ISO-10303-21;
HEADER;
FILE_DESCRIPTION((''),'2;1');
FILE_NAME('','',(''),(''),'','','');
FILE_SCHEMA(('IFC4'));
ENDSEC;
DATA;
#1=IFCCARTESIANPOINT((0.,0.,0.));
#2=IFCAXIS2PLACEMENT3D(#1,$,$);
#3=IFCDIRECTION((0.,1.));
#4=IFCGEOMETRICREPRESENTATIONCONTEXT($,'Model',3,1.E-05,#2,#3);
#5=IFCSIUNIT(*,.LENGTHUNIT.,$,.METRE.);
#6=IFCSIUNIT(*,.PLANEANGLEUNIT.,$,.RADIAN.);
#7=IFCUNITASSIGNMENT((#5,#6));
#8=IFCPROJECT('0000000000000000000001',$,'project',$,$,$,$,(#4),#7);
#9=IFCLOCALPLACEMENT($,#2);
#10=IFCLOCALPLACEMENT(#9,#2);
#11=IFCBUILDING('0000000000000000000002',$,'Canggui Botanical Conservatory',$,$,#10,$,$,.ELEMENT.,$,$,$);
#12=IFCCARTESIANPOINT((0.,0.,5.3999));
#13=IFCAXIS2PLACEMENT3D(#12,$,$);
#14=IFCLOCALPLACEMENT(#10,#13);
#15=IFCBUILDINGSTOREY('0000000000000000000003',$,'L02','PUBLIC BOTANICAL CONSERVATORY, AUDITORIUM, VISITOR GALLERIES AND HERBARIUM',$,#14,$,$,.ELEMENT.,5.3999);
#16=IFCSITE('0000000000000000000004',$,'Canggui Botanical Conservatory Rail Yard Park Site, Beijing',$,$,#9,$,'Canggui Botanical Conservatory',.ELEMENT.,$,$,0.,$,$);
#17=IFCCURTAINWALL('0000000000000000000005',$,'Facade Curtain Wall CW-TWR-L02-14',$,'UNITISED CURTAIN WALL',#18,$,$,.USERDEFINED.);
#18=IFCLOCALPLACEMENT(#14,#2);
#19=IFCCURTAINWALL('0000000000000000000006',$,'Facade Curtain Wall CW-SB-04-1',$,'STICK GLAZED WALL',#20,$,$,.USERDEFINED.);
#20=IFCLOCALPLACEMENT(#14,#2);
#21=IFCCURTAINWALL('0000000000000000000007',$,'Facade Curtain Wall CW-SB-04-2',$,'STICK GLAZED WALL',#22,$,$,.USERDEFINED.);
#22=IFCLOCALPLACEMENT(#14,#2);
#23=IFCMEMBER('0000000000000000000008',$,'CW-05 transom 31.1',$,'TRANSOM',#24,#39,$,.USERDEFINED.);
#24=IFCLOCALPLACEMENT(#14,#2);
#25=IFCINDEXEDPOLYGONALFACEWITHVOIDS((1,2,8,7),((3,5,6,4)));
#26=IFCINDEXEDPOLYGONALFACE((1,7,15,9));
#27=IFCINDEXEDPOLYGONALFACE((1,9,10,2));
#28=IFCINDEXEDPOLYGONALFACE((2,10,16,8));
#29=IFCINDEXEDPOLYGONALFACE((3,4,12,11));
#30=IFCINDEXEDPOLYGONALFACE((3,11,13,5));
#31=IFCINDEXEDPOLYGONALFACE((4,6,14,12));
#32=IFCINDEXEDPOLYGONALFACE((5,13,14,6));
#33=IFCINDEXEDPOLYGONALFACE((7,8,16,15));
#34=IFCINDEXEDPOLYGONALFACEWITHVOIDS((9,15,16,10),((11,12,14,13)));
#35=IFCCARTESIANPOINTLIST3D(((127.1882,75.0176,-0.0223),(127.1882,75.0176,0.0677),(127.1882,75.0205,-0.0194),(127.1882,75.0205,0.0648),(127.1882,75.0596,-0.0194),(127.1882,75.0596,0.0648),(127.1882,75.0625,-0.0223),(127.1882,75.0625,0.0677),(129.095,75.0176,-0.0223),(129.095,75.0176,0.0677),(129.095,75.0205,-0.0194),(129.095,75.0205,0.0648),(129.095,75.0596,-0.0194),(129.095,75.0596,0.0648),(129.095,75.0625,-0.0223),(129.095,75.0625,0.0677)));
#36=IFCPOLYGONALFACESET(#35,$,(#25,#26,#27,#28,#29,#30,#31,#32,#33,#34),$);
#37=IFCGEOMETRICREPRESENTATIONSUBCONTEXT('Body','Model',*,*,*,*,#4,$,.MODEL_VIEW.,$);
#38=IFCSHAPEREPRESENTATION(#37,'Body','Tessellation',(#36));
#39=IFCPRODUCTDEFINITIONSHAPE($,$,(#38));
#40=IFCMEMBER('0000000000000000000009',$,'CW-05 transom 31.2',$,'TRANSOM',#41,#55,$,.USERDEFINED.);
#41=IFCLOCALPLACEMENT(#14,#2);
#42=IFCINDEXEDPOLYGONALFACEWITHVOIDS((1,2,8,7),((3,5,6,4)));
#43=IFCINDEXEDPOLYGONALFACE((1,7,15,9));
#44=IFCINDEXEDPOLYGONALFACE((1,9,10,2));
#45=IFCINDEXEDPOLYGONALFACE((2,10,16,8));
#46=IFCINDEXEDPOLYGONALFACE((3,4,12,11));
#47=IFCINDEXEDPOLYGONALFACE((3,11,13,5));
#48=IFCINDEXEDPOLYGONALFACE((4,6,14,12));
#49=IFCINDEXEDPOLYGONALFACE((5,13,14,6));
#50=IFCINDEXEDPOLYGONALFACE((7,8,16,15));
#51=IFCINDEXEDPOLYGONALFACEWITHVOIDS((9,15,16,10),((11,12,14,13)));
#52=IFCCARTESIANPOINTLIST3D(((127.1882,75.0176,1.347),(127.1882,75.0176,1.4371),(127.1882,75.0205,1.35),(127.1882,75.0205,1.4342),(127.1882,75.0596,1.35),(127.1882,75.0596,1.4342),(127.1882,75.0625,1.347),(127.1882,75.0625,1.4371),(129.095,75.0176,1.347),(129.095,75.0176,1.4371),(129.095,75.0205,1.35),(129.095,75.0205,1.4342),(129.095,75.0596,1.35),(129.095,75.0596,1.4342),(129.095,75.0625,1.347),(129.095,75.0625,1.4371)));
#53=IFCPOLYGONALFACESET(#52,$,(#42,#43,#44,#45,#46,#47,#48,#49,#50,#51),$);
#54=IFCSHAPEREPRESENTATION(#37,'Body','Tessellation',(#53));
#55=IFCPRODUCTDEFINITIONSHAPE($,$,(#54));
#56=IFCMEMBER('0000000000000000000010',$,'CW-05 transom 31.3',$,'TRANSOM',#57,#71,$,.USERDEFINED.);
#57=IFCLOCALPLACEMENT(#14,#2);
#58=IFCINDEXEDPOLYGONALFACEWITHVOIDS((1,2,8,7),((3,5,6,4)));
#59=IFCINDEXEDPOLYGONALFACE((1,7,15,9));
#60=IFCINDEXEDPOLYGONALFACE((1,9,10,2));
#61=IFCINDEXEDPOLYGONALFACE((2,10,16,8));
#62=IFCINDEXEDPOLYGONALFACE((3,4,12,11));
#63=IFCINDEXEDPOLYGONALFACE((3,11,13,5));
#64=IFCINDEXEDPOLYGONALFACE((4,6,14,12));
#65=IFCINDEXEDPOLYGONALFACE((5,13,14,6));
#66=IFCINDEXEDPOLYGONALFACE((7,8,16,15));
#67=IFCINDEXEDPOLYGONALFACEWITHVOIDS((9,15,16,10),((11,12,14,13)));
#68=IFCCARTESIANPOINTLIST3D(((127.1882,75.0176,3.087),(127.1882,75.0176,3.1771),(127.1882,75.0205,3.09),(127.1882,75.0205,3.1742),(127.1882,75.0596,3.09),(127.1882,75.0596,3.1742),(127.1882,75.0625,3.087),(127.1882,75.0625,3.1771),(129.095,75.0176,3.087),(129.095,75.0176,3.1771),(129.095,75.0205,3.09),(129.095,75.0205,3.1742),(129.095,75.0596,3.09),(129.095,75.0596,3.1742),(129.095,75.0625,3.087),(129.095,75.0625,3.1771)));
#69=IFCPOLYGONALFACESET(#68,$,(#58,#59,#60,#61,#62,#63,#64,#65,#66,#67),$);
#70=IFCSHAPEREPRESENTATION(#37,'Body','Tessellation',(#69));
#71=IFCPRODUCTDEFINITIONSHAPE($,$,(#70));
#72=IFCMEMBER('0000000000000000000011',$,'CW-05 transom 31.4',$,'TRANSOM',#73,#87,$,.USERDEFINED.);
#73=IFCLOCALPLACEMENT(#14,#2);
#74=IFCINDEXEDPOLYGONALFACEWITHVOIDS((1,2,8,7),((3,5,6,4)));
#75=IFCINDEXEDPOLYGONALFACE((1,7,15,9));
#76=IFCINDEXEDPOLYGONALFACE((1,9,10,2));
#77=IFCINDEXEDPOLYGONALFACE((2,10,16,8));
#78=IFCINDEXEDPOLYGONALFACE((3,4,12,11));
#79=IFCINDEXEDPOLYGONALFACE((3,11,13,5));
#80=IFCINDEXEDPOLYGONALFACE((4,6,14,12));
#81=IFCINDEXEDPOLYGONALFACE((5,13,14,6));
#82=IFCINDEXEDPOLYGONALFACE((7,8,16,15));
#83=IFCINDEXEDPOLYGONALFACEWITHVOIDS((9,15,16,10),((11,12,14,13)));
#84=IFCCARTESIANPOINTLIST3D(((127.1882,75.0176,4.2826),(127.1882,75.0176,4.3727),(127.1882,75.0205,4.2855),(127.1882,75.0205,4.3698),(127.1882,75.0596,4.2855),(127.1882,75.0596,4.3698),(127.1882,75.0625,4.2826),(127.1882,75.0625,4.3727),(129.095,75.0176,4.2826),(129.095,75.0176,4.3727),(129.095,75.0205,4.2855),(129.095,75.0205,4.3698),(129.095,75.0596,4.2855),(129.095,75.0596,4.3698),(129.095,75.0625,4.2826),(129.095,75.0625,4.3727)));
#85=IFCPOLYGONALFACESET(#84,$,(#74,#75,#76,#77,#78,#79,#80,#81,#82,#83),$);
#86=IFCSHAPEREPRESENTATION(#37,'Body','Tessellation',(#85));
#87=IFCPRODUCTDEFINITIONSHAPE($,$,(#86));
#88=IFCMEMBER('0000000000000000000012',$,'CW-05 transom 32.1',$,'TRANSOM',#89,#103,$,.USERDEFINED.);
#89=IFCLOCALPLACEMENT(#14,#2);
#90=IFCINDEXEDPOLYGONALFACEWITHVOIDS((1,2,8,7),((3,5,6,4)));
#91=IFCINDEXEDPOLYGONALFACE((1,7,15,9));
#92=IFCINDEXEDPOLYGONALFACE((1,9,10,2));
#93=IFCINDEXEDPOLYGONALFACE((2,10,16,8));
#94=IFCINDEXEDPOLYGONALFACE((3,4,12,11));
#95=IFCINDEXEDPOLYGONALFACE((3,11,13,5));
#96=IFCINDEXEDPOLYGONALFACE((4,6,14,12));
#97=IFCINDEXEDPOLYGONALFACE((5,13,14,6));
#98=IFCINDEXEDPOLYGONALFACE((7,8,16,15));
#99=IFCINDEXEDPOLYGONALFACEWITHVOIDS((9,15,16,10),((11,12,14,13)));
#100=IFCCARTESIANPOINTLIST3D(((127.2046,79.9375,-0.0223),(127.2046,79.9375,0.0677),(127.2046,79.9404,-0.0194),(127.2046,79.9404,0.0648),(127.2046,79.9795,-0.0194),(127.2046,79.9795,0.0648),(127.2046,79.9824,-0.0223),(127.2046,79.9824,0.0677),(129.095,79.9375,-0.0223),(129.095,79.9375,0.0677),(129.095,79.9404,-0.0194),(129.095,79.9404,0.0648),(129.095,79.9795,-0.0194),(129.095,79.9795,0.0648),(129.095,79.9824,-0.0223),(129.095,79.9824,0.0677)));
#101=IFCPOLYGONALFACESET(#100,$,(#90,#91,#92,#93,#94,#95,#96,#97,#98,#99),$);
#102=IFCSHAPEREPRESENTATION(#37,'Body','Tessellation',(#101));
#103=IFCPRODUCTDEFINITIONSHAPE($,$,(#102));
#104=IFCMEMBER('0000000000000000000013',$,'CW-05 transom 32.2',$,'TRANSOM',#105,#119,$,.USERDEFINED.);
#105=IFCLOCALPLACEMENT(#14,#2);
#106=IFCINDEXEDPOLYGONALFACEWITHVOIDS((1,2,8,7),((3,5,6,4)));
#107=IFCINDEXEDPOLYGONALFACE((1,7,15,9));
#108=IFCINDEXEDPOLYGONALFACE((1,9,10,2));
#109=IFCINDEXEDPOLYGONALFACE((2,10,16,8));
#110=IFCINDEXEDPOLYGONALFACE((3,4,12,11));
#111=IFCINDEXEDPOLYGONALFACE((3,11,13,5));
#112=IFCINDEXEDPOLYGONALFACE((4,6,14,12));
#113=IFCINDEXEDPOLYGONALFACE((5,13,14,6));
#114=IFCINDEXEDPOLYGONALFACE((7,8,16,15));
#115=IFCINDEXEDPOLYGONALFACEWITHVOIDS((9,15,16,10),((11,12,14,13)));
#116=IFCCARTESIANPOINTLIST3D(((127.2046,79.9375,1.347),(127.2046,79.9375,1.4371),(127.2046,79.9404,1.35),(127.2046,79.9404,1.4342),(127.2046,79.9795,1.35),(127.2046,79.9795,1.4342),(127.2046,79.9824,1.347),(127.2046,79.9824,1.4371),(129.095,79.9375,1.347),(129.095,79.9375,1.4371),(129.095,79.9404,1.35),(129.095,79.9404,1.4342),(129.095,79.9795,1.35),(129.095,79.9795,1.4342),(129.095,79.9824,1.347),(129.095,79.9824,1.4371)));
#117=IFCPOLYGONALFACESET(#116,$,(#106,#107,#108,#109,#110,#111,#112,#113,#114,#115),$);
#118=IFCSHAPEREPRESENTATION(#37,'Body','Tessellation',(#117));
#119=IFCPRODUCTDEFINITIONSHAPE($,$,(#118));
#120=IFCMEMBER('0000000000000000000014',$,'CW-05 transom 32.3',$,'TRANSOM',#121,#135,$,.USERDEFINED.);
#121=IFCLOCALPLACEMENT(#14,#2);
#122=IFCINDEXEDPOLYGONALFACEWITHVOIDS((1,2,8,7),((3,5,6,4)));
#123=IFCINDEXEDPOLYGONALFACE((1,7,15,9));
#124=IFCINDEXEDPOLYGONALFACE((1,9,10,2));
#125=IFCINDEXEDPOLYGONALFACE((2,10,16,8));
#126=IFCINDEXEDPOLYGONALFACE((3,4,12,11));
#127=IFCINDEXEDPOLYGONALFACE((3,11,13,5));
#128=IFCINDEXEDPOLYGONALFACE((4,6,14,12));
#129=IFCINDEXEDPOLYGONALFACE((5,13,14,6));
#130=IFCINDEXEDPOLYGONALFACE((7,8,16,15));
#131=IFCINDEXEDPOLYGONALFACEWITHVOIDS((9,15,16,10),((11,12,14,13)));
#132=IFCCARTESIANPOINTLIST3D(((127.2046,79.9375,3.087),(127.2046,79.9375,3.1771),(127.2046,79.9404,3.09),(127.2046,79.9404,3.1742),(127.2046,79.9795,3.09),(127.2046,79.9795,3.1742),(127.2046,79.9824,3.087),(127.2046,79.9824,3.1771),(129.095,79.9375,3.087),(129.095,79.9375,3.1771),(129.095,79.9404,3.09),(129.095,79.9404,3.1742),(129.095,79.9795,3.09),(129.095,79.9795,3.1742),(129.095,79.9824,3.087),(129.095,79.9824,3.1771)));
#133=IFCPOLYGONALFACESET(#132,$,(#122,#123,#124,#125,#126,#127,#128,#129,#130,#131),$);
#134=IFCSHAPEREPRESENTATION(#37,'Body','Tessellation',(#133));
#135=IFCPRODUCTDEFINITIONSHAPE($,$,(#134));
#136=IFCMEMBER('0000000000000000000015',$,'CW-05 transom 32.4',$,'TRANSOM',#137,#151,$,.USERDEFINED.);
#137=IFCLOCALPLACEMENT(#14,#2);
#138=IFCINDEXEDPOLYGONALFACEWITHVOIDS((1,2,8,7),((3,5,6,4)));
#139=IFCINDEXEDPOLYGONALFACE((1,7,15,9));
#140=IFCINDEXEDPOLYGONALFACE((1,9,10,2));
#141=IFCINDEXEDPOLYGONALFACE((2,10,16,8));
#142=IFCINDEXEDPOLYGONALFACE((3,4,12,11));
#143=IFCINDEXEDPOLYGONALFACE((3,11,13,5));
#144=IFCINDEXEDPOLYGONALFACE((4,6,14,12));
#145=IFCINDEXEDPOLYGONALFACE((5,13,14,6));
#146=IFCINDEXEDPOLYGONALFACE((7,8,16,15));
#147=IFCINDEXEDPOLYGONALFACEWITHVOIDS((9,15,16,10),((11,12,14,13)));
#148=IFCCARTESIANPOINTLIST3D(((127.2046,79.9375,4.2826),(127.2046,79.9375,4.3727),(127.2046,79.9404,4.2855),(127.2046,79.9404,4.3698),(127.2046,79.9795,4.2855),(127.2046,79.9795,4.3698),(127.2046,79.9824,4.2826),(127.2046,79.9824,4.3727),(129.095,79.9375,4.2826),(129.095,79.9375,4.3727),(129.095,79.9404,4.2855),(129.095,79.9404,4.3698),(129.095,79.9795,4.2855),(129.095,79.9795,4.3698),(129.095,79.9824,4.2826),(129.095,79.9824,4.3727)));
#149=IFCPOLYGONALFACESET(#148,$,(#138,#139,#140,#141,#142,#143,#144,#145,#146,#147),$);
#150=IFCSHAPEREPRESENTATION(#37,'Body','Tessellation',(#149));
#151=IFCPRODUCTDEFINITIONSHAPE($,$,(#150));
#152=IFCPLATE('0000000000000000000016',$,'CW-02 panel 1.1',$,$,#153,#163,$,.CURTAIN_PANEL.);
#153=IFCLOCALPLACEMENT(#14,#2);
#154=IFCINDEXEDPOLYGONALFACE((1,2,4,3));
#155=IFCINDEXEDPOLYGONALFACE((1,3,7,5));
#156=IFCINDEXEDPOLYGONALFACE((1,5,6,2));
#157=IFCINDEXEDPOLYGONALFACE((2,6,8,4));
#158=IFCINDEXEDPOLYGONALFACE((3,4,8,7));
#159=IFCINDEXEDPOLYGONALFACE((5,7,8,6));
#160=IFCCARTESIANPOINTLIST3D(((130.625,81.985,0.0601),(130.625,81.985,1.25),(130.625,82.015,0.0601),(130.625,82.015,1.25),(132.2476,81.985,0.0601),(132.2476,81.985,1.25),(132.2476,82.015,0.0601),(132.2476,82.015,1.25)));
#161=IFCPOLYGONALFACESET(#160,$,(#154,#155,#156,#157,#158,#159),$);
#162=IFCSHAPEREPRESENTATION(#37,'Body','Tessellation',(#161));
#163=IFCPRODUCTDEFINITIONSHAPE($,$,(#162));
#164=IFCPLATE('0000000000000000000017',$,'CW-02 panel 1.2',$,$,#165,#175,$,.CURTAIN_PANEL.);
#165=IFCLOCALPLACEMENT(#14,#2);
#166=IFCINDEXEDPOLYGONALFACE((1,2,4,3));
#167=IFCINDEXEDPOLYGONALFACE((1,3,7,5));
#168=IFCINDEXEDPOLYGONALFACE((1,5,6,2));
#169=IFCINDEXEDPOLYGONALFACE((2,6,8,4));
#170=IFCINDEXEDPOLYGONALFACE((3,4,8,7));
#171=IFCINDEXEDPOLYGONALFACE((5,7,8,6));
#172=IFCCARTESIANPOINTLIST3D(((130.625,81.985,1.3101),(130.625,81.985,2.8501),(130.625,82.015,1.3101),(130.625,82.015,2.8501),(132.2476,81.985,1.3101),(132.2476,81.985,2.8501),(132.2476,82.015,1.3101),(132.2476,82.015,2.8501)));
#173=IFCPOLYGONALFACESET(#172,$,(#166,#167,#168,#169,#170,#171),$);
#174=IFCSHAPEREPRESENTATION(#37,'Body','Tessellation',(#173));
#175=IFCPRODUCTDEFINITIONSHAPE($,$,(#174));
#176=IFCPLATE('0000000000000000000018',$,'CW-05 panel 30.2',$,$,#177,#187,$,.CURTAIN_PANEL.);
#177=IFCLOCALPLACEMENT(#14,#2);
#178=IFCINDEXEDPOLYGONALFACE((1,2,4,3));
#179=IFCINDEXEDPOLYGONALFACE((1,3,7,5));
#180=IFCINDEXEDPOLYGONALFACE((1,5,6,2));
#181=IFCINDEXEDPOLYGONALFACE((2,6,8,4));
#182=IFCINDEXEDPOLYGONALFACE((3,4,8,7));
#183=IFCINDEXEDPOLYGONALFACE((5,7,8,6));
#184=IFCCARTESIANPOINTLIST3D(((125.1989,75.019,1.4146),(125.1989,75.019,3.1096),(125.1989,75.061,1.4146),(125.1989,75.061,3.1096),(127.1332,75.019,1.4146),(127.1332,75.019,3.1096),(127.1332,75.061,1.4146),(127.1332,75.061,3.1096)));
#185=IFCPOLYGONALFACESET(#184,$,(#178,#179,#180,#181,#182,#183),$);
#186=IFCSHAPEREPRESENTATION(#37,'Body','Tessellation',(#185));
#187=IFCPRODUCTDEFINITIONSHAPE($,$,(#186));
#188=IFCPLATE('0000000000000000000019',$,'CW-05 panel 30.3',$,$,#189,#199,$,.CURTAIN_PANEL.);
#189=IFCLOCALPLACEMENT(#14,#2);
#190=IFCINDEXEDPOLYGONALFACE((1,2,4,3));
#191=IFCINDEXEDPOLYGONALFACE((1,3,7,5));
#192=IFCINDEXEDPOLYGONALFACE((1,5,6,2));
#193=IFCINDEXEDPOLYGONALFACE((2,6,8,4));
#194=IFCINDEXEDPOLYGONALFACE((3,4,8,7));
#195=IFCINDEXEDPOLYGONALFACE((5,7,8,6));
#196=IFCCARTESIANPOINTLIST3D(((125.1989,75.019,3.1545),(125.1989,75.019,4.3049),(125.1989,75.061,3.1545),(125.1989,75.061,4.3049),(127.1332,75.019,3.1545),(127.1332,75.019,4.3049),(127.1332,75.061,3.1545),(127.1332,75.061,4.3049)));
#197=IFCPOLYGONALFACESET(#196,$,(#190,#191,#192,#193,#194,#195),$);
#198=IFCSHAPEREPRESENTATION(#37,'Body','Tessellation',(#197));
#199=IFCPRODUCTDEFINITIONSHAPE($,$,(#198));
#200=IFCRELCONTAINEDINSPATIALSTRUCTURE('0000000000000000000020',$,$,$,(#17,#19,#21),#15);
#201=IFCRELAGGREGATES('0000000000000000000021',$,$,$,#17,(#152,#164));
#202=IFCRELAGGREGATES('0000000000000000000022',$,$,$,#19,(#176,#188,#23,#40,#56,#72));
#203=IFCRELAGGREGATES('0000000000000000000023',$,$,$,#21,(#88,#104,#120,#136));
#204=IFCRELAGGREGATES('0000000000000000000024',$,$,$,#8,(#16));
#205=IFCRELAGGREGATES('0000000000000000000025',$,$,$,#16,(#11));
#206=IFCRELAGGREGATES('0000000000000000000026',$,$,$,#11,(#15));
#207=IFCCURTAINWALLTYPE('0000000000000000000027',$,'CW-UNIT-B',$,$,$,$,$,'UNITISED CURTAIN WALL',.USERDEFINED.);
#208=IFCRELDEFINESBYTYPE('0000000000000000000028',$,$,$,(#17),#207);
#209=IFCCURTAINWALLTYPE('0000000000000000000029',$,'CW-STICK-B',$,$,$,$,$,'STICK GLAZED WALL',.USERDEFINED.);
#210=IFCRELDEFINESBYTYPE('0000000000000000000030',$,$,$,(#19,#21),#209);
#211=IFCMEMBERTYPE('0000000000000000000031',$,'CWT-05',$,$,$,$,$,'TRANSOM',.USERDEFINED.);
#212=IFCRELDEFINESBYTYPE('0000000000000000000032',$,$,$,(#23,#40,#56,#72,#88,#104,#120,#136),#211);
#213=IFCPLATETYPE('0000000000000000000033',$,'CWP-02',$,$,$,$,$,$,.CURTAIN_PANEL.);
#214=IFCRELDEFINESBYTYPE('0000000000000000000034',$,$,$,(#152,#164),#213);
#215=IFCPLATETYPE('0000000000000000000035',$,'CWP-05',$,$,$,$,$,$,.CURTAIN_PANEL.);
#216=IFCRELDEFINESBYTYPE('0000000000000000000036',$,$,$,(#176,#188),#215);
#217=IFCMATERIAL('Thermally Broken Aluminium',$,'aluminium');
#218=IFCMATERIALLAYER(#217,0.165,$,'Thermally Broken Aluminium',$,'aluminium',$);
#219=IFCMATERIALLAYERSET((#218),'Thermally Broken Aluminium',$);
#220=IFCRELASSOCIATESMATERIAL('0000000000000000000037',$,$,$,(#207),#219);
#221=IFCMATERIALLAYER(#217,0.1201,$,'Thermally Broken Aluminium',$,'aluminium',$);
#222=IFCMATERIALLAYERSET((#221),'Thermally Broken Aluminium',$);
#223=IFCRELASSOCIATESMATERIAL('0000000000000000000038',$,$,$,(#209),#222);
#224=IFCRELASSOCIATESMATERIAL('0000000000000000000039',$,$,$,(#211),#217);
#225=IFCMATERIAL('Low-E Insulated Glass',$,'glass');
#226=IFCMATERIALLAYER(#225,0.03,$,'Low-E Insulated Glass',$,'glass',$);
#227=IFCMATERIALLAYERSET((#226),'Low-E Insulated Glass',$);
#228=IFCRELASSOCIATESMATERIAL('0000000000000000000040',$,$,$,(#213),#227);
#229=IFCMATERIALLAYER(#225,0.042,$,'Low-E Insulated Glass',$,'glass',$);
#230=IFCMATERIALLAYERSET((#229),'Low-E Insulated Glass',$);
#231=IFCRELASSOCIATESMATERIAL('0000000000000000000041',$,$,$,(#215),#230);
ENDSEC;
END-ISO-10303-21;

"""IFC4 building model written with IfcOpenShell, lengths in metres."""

from ifc_helpers import new_model, si_unit, direction, frame, origin, origin_2d, place, context, subcontext, project, spatial, rectangle, hollow_rectangle, extrude, material, layer, layer_set, material_profile, profile_set, type_object, element, aggregate, save


model = new_model("IFC4")

# Units and contexts
model_context = context("Model", 3, precision=1e-05, world=origin(), true_north=direction((0.0, 1.0)))
body_context = subcontext(model_context, "Body", "Model", "MODEL_VIEW")
ifc_project = project(units=[si_unit("LENGTHUNIT", "METRE"), si_unit("PLANEANGLEUNIT", "RADIAN")], contexts=[model_context])

# Site, building, storey
site_placement = place(None, origin())
site = spatial("IfcSite", under=ifc_project, at=site_placement, Name="Canggui Botanical Conservatory Rail Yard Park Site, Beijing", LongName="Canggui Botanical Conservatory", CompositionType="ELEMENT", RefElevation=0.0)
building_placement = place(site_placement, origin())
building = spatial("IfcBuilding", under=site, at=building_placement, Name="Canggui Botanical Conservatory", CompositionType="ELEMENT")
storey_placement = place(building_placement, frame((0.0, 0.0, 5.3999)))
storey = spatial("IfcBuildingStorey", under=building, at=storey_placement, Name="L02", Description="PUBLIC BOTANICAL CONSERVATORY, AUDITORIUM, VISITOR GALLERIES AND HERBARIUM", CompositionType="ELEMENT", Elevation=5.3999)

# Curtain wall
ifc_material_1 = material(Name="Thermally Broken Aluminium", Category="aluminium")
ifc_layer_1 = layer(ifc_material_1, 0.165, Name="Thermally Broken Aluminium", Category="aluminium")
ifc_layer_set_1 = layer_set([ifc_layer_1], Name="Thermally Broken Aluminium")
curtain_wall_type_1 = type_object("IfcCurtainWallType", Name="CW-UNIT-B", ElementType="UNITISED CURTAIN WALL", PredefinedType="USERDEFINED", material=ifc_layer_set_1)
curtain_wall_1_placement = place(storey_placement, origin())
curtain_wall_1 = element("IfcCurtainWall", 1, at=curtain_wall_1_placement, inside=storey, type_object=curtain_wall_type_1, Name="Facade Curtain Wall CW-TWR-L02-14", ObjectType="UNITISED CURTAIN WALL", PredefinedType="USERDEFINED")

# Curtain walls
ifc_layer_2 = layer(ifc_material_1, 0.1201, Name="Thermally Broken Aluminium", Category="aluminium")
ifc_layer_set_2 = layer_set([ifc_layer_2], Name="Thermally Broken Aluminium")
curtain_wall_type_2 = type_object("IfcCurtainWallType", Name="CW-STICK-B", ElementType="STICK GLAZED WALL", PredefinedType="USERDEFINED", material=ifc_layer_set_2)
curtain_wall_2_placement = place(storey_placement, origin())
curtain_wall_2 = element("IfcCurtainWall", 2, at=curtain_wall_2_placement, inside=storey, type_object=curtain_wall_type_2, Name="Facade Curtain Wall CW-SB-04-1", ObjectType="STICK GLAZED WALL", PredefinedType="USERDEFINED")
curtain_wall_3_placement = place(storey_placement, origin())
curtain_wall_3 = element("IfcCurtainWall", 3, at=curtain_wall_3_placement, inside=storey, type_object=curtain_wall_type_2, Name="Facade Curtain Wall CW-SB-04-2", ObjectType="STICK GLAZED WALL", PredefinedType="USERDEFINED")

# Members
ifc_material_profile_1 = material_profile(ifc_material_1, hollow_rectangle(XDim=0.0449, YDim=0.0901, WallThickness=0.0029, at=origin_2d()), Name="CWT 45x90x3")
ifc_profile_set_1 = profile_set([ifc_material_profile_1], Name="Thermally Broken Aluminium")
member_type_1 = type_object("IfcMemberType", Name="CWT-05", ElementType="TRANSOM", PredefinedType="USERDEFINED", material=ifc_profile_set_1)
member_1_placement = place(storey_placement, frame((127.1882, 75.04, 0.0227), z_axis=(1.0, 0.0, 0.0), x_axis=(0.0, 1.0, 0.0)))
member_1 = element("IfcMember", 4, at=member_1_placement, type_object=member_type_1, Name="CW-05 transom 31.1", ObjectType="TRANSOM", PredefinedType="USERDEFINED", context=body_context, shape_type="SweptSolid", body=[
    extrude(hollow_rectangle(XDim=0.0449, YDim=0.0901, WallThickness=0.0029, at=origin_2d()), origin(), (0.0, 0.0, 1.0), 1.9067),
])
member_2_placement = place(storey_placement, frame((127.1882, 75.04, 1.3921), z_axis=(1.0, 0.0, 0.0), x_axis=(0.0, 1.0, 0.0)))
member_2 = element("IfcMember", 5, at=member_2_placement, type_object=member_type_1, Name="CW-05 transom 31.2", ObjectType="TRANSOM", PredefinedType="USERDEFINED", context=body_context, shape_type="SweptSolid", body=[
    extrude(hollow_rectangle(XDim=0.0449, YDim=0.0901, WallThickness=0.0029, at=origin_2d()), origin(), (0.0, 0.0, 1.0), 1.9067),
])
member_3_placement = place(storey_placement, frame((127.1882, 75.04, 3.1321), z_axis=(1.0, 0.0, 0.0), x_axis=(0.0, 1.0, 0.0)))
member_3 = element("IfcMember", 6, at=member_3_placement, type_object=member_type_1, Name="CW-05 transom 31.3", ObjectType="TRANSOM", PredefinedType="USERDEFINED", context=body_context, shape_type="SweptSolid", body=[
    extrude(hollow_rectangle(XDim=0.0449, YDim=0.0901, WallThickness=0.0029, at=origin_2d()), origin(), (0.0, 0.0, 1.0), 1.9067),
])
member_4_placement = place(storey_placement, frame((127.1882, 75.04, 4.3276), z_axis=(1.0, 0.0, 0.0), x_axis=(0.0, 1.0, 0.0)))
member_4 = element("IfcMember", 7, at=member_4_placement, type_object=member_type_1, Name="CW-05 transom 31.4", ObjectType="TRANSOM", PredefinedType="USERDEFINED", context=body_context, shape_type="SweptSolid", body=[
    extrude(hollow_rectangle(XDim=0.0449, YDim=0.0901, WallThickness=0.0029, at=origin_2d()), origin(), (0.0, 0.0, 1.0), 1.9067),
])
member_5_placement = place(storey_placement, frame((127.2046, 79.96, 0.0227), z_axis=(1.0, 0.0, 0.0), x_axis=(0.0, 1.0, 0.0)))
member_5 = element("IfcMember", 8, at=member_5_placement, type_object=member_type_1, Name="CW-05 transom 32.1", ObjectType="TRANSOM", PredefinedType="USERDEFINED", context=body_context, shape_type="SweptSolid", body=[
    extrude(hollow_rectangle(XDim=0.0449, YDim=0.0901, WallThickness=0.0029, at=origin_2d()), origin(), (0.0, 0.0, 1.0), 1.8904),
])
member_6_placement = place(storey_placement, frame((127.2046, 79.96, 1.3921), z_axis=(1.0, 0.0, 0.0), x_axis=(0.0, 1.0, 0.0)))
member_6 = element("IfcMember", 9, at=member_6_placement, type_object=member_type_1, Name="CW-05 transom 32.2", ObjectType="TRANSOM", PredefinedType="USERDEFINED", context=body_context, shape_type="SweptSolid", body=[
    extrude(hollow_rectangle(XDim=0.0449, YDim=0.0901, WallThickness=0.0029, at=origin_2d()), origin(), (0.0, 0.0, 1.0), 1.8904),
])
member_7_placement = place(storey_placement, frame((127.2046, 79.96, 3.1321), z_axis=(1.0, 0.0, 0.0), x_axis=(0.0, 1.0, 0.0)))
member_7 = element("IfcMember", 10, at=member_7_placement, type_object=member_type_1, Name="CW-05 transom 32.3", ObjectType="TRANSOM", PredefinedType="USERDEFINED", context=body_context, shape_type="SweptSolid", body=[
    extrude(hollow_rectangle(XDim=0.0449, YDim=0.0901, WallThickness=0.0029, at=origin_2d()), origin(), (0.0, 0.0, 1.0), 1.8904),
])
member_8_placement = place(storey_placement, frame((127.2046, 79.96, 4.3276), z_axis=(1.0, 0.0, 0.0), x_axis=(0.0, 1.0, 0.0)))
member_8 = element("IfcMember", 11, at=member_8_placement, type_object=member_type_1, Name="CW-05 transom 32.4", ObjectType="TRANSOM", PredefinedType="USERDEFINED", context=body_context, shape_type="SweptSolid", body=[
    extrude(hollow_rectangle(XDim=0.0449, YDim=0.0901, WallThickness=0.0029, at=origin_2d()), origin(), (0.0, 0.0, 1.0), 1.8904),
])

# Plates
ifc_material_2 = material(Name="Low-E Insulated Glass", Category="glass")
ifc_layer_3 = layer(ifc_material_2, 0.03, Name="Low-E Insulated Glass", Category="glass")
ifc_layer_set_3 = layer_set([ifc_layer_3], Name="Low-E Insulated Glass")
plate_type_1 = type_object("IfcPlateType", Name="CWP-02", PredefinedType="CURTAIN_PANEL", material=ifc_layer_set_3)
plate_1_placement = place(storey_placement, frame((131.4363, 82.0, 0.0601), z_axis=(0.0, 0.0, 1.0), x_axis=(1.0, 0.0, 0.0)))
plate_1 = element("IfcPlate", 12, at=plate_1_placement, type_object=plate_type_1, Name="CW-02 panel 1.1", PredefinedType="CURTAIN_PANEL", context=body_context, shape_type="SweptSolid", body=[
    extrude(rectangle(XDim=1.6226, YDim=0.03, at=origin_2d()), origin(), (0.0, 0.0, 1.0), 1.1899),
])
plate_2_placement = place(storey_placement, frame((131.4363, 82.0, 1.3101), z_axis=(0.0, 0.0, 1.0), x_axis=(1.0, 0.0, 0.0)))
plate_2 = element("IfcPlate", 13, at=plate_2_placement, type_object=plate_type_1, Name="CW-02 panel 1.2", PredefinedType="CURTAIN_PANEL", context=body_context, shape_type="SweptSolid", body=[
    extrude(rectangle(XDim=1.6226, YDim=0.03, at=origin_2d()), origin(), (0.0, 0.0, 1.0), 1.54),
])
aggregate(curtain_wall_1, [plate_1, plate_2])
ifc_layer_4 = layer(ifc_material_2, 0.042, Name="Low-E Insulated Glass", Category="glass")
ifc_layer_set_4 = layer_set([ifc_layer_4], Name="Low-E Insulated Glass")
plate_type_2 = type_object("IfcPlateType", Name="CWP-05", PredefinedType="CURTAIN_PANEL", material=ifc_layer_set_4)
plate_3_placement = place(storey_placement, frame((126.166, 75.04, 1.4146), z_axis=(0.0, 0.0, 1.0), x_axis=(1.0, 0.0, 0.0)))
plate_3 = element("IfcPlate", 14, at=plate_3_placement, type_object=plate_type_2, Name="CW-05 panel 30.2", PredefinedType="CURTAIN_PANEL", context=body_context, shape_type="SweptSolid", body=[
    extrude(rectangle(XDim=1.9343, YDim=0.042, at=origin_2d()), origin(), (0.0, 0.0, 1.0), 1.6951),
])
plate_4_placement = place(storey_placement, frame((126.166, 75.04, 3.1545), z_axis=(0.0, 0.0, 1.0), x_axis=(1.0, 0.0, 0.0)))
plate_4 = element("IfcPlate", 15, at=plate_4_placement, type_object=plate_type_2, Name="CW-05 panel 30.3", PredefinedType="CURTAIN_PANEL", context=body_context, shape_type="SweptSolid", body=[
    extrude(rectangle(XDim=1.9343, YDim=0.042, at=origin_2d()), origin(), (0.0, 0.0, 1.0), 1.1504),
])
aggregate(curtain_wall_2, [plate_3, plate_4, member_1, member_2, member_3, member_4])
aggregate(curtain_wall_3, [member_5, member_6, member_7, member_8])

save(model, "model.ifc")
